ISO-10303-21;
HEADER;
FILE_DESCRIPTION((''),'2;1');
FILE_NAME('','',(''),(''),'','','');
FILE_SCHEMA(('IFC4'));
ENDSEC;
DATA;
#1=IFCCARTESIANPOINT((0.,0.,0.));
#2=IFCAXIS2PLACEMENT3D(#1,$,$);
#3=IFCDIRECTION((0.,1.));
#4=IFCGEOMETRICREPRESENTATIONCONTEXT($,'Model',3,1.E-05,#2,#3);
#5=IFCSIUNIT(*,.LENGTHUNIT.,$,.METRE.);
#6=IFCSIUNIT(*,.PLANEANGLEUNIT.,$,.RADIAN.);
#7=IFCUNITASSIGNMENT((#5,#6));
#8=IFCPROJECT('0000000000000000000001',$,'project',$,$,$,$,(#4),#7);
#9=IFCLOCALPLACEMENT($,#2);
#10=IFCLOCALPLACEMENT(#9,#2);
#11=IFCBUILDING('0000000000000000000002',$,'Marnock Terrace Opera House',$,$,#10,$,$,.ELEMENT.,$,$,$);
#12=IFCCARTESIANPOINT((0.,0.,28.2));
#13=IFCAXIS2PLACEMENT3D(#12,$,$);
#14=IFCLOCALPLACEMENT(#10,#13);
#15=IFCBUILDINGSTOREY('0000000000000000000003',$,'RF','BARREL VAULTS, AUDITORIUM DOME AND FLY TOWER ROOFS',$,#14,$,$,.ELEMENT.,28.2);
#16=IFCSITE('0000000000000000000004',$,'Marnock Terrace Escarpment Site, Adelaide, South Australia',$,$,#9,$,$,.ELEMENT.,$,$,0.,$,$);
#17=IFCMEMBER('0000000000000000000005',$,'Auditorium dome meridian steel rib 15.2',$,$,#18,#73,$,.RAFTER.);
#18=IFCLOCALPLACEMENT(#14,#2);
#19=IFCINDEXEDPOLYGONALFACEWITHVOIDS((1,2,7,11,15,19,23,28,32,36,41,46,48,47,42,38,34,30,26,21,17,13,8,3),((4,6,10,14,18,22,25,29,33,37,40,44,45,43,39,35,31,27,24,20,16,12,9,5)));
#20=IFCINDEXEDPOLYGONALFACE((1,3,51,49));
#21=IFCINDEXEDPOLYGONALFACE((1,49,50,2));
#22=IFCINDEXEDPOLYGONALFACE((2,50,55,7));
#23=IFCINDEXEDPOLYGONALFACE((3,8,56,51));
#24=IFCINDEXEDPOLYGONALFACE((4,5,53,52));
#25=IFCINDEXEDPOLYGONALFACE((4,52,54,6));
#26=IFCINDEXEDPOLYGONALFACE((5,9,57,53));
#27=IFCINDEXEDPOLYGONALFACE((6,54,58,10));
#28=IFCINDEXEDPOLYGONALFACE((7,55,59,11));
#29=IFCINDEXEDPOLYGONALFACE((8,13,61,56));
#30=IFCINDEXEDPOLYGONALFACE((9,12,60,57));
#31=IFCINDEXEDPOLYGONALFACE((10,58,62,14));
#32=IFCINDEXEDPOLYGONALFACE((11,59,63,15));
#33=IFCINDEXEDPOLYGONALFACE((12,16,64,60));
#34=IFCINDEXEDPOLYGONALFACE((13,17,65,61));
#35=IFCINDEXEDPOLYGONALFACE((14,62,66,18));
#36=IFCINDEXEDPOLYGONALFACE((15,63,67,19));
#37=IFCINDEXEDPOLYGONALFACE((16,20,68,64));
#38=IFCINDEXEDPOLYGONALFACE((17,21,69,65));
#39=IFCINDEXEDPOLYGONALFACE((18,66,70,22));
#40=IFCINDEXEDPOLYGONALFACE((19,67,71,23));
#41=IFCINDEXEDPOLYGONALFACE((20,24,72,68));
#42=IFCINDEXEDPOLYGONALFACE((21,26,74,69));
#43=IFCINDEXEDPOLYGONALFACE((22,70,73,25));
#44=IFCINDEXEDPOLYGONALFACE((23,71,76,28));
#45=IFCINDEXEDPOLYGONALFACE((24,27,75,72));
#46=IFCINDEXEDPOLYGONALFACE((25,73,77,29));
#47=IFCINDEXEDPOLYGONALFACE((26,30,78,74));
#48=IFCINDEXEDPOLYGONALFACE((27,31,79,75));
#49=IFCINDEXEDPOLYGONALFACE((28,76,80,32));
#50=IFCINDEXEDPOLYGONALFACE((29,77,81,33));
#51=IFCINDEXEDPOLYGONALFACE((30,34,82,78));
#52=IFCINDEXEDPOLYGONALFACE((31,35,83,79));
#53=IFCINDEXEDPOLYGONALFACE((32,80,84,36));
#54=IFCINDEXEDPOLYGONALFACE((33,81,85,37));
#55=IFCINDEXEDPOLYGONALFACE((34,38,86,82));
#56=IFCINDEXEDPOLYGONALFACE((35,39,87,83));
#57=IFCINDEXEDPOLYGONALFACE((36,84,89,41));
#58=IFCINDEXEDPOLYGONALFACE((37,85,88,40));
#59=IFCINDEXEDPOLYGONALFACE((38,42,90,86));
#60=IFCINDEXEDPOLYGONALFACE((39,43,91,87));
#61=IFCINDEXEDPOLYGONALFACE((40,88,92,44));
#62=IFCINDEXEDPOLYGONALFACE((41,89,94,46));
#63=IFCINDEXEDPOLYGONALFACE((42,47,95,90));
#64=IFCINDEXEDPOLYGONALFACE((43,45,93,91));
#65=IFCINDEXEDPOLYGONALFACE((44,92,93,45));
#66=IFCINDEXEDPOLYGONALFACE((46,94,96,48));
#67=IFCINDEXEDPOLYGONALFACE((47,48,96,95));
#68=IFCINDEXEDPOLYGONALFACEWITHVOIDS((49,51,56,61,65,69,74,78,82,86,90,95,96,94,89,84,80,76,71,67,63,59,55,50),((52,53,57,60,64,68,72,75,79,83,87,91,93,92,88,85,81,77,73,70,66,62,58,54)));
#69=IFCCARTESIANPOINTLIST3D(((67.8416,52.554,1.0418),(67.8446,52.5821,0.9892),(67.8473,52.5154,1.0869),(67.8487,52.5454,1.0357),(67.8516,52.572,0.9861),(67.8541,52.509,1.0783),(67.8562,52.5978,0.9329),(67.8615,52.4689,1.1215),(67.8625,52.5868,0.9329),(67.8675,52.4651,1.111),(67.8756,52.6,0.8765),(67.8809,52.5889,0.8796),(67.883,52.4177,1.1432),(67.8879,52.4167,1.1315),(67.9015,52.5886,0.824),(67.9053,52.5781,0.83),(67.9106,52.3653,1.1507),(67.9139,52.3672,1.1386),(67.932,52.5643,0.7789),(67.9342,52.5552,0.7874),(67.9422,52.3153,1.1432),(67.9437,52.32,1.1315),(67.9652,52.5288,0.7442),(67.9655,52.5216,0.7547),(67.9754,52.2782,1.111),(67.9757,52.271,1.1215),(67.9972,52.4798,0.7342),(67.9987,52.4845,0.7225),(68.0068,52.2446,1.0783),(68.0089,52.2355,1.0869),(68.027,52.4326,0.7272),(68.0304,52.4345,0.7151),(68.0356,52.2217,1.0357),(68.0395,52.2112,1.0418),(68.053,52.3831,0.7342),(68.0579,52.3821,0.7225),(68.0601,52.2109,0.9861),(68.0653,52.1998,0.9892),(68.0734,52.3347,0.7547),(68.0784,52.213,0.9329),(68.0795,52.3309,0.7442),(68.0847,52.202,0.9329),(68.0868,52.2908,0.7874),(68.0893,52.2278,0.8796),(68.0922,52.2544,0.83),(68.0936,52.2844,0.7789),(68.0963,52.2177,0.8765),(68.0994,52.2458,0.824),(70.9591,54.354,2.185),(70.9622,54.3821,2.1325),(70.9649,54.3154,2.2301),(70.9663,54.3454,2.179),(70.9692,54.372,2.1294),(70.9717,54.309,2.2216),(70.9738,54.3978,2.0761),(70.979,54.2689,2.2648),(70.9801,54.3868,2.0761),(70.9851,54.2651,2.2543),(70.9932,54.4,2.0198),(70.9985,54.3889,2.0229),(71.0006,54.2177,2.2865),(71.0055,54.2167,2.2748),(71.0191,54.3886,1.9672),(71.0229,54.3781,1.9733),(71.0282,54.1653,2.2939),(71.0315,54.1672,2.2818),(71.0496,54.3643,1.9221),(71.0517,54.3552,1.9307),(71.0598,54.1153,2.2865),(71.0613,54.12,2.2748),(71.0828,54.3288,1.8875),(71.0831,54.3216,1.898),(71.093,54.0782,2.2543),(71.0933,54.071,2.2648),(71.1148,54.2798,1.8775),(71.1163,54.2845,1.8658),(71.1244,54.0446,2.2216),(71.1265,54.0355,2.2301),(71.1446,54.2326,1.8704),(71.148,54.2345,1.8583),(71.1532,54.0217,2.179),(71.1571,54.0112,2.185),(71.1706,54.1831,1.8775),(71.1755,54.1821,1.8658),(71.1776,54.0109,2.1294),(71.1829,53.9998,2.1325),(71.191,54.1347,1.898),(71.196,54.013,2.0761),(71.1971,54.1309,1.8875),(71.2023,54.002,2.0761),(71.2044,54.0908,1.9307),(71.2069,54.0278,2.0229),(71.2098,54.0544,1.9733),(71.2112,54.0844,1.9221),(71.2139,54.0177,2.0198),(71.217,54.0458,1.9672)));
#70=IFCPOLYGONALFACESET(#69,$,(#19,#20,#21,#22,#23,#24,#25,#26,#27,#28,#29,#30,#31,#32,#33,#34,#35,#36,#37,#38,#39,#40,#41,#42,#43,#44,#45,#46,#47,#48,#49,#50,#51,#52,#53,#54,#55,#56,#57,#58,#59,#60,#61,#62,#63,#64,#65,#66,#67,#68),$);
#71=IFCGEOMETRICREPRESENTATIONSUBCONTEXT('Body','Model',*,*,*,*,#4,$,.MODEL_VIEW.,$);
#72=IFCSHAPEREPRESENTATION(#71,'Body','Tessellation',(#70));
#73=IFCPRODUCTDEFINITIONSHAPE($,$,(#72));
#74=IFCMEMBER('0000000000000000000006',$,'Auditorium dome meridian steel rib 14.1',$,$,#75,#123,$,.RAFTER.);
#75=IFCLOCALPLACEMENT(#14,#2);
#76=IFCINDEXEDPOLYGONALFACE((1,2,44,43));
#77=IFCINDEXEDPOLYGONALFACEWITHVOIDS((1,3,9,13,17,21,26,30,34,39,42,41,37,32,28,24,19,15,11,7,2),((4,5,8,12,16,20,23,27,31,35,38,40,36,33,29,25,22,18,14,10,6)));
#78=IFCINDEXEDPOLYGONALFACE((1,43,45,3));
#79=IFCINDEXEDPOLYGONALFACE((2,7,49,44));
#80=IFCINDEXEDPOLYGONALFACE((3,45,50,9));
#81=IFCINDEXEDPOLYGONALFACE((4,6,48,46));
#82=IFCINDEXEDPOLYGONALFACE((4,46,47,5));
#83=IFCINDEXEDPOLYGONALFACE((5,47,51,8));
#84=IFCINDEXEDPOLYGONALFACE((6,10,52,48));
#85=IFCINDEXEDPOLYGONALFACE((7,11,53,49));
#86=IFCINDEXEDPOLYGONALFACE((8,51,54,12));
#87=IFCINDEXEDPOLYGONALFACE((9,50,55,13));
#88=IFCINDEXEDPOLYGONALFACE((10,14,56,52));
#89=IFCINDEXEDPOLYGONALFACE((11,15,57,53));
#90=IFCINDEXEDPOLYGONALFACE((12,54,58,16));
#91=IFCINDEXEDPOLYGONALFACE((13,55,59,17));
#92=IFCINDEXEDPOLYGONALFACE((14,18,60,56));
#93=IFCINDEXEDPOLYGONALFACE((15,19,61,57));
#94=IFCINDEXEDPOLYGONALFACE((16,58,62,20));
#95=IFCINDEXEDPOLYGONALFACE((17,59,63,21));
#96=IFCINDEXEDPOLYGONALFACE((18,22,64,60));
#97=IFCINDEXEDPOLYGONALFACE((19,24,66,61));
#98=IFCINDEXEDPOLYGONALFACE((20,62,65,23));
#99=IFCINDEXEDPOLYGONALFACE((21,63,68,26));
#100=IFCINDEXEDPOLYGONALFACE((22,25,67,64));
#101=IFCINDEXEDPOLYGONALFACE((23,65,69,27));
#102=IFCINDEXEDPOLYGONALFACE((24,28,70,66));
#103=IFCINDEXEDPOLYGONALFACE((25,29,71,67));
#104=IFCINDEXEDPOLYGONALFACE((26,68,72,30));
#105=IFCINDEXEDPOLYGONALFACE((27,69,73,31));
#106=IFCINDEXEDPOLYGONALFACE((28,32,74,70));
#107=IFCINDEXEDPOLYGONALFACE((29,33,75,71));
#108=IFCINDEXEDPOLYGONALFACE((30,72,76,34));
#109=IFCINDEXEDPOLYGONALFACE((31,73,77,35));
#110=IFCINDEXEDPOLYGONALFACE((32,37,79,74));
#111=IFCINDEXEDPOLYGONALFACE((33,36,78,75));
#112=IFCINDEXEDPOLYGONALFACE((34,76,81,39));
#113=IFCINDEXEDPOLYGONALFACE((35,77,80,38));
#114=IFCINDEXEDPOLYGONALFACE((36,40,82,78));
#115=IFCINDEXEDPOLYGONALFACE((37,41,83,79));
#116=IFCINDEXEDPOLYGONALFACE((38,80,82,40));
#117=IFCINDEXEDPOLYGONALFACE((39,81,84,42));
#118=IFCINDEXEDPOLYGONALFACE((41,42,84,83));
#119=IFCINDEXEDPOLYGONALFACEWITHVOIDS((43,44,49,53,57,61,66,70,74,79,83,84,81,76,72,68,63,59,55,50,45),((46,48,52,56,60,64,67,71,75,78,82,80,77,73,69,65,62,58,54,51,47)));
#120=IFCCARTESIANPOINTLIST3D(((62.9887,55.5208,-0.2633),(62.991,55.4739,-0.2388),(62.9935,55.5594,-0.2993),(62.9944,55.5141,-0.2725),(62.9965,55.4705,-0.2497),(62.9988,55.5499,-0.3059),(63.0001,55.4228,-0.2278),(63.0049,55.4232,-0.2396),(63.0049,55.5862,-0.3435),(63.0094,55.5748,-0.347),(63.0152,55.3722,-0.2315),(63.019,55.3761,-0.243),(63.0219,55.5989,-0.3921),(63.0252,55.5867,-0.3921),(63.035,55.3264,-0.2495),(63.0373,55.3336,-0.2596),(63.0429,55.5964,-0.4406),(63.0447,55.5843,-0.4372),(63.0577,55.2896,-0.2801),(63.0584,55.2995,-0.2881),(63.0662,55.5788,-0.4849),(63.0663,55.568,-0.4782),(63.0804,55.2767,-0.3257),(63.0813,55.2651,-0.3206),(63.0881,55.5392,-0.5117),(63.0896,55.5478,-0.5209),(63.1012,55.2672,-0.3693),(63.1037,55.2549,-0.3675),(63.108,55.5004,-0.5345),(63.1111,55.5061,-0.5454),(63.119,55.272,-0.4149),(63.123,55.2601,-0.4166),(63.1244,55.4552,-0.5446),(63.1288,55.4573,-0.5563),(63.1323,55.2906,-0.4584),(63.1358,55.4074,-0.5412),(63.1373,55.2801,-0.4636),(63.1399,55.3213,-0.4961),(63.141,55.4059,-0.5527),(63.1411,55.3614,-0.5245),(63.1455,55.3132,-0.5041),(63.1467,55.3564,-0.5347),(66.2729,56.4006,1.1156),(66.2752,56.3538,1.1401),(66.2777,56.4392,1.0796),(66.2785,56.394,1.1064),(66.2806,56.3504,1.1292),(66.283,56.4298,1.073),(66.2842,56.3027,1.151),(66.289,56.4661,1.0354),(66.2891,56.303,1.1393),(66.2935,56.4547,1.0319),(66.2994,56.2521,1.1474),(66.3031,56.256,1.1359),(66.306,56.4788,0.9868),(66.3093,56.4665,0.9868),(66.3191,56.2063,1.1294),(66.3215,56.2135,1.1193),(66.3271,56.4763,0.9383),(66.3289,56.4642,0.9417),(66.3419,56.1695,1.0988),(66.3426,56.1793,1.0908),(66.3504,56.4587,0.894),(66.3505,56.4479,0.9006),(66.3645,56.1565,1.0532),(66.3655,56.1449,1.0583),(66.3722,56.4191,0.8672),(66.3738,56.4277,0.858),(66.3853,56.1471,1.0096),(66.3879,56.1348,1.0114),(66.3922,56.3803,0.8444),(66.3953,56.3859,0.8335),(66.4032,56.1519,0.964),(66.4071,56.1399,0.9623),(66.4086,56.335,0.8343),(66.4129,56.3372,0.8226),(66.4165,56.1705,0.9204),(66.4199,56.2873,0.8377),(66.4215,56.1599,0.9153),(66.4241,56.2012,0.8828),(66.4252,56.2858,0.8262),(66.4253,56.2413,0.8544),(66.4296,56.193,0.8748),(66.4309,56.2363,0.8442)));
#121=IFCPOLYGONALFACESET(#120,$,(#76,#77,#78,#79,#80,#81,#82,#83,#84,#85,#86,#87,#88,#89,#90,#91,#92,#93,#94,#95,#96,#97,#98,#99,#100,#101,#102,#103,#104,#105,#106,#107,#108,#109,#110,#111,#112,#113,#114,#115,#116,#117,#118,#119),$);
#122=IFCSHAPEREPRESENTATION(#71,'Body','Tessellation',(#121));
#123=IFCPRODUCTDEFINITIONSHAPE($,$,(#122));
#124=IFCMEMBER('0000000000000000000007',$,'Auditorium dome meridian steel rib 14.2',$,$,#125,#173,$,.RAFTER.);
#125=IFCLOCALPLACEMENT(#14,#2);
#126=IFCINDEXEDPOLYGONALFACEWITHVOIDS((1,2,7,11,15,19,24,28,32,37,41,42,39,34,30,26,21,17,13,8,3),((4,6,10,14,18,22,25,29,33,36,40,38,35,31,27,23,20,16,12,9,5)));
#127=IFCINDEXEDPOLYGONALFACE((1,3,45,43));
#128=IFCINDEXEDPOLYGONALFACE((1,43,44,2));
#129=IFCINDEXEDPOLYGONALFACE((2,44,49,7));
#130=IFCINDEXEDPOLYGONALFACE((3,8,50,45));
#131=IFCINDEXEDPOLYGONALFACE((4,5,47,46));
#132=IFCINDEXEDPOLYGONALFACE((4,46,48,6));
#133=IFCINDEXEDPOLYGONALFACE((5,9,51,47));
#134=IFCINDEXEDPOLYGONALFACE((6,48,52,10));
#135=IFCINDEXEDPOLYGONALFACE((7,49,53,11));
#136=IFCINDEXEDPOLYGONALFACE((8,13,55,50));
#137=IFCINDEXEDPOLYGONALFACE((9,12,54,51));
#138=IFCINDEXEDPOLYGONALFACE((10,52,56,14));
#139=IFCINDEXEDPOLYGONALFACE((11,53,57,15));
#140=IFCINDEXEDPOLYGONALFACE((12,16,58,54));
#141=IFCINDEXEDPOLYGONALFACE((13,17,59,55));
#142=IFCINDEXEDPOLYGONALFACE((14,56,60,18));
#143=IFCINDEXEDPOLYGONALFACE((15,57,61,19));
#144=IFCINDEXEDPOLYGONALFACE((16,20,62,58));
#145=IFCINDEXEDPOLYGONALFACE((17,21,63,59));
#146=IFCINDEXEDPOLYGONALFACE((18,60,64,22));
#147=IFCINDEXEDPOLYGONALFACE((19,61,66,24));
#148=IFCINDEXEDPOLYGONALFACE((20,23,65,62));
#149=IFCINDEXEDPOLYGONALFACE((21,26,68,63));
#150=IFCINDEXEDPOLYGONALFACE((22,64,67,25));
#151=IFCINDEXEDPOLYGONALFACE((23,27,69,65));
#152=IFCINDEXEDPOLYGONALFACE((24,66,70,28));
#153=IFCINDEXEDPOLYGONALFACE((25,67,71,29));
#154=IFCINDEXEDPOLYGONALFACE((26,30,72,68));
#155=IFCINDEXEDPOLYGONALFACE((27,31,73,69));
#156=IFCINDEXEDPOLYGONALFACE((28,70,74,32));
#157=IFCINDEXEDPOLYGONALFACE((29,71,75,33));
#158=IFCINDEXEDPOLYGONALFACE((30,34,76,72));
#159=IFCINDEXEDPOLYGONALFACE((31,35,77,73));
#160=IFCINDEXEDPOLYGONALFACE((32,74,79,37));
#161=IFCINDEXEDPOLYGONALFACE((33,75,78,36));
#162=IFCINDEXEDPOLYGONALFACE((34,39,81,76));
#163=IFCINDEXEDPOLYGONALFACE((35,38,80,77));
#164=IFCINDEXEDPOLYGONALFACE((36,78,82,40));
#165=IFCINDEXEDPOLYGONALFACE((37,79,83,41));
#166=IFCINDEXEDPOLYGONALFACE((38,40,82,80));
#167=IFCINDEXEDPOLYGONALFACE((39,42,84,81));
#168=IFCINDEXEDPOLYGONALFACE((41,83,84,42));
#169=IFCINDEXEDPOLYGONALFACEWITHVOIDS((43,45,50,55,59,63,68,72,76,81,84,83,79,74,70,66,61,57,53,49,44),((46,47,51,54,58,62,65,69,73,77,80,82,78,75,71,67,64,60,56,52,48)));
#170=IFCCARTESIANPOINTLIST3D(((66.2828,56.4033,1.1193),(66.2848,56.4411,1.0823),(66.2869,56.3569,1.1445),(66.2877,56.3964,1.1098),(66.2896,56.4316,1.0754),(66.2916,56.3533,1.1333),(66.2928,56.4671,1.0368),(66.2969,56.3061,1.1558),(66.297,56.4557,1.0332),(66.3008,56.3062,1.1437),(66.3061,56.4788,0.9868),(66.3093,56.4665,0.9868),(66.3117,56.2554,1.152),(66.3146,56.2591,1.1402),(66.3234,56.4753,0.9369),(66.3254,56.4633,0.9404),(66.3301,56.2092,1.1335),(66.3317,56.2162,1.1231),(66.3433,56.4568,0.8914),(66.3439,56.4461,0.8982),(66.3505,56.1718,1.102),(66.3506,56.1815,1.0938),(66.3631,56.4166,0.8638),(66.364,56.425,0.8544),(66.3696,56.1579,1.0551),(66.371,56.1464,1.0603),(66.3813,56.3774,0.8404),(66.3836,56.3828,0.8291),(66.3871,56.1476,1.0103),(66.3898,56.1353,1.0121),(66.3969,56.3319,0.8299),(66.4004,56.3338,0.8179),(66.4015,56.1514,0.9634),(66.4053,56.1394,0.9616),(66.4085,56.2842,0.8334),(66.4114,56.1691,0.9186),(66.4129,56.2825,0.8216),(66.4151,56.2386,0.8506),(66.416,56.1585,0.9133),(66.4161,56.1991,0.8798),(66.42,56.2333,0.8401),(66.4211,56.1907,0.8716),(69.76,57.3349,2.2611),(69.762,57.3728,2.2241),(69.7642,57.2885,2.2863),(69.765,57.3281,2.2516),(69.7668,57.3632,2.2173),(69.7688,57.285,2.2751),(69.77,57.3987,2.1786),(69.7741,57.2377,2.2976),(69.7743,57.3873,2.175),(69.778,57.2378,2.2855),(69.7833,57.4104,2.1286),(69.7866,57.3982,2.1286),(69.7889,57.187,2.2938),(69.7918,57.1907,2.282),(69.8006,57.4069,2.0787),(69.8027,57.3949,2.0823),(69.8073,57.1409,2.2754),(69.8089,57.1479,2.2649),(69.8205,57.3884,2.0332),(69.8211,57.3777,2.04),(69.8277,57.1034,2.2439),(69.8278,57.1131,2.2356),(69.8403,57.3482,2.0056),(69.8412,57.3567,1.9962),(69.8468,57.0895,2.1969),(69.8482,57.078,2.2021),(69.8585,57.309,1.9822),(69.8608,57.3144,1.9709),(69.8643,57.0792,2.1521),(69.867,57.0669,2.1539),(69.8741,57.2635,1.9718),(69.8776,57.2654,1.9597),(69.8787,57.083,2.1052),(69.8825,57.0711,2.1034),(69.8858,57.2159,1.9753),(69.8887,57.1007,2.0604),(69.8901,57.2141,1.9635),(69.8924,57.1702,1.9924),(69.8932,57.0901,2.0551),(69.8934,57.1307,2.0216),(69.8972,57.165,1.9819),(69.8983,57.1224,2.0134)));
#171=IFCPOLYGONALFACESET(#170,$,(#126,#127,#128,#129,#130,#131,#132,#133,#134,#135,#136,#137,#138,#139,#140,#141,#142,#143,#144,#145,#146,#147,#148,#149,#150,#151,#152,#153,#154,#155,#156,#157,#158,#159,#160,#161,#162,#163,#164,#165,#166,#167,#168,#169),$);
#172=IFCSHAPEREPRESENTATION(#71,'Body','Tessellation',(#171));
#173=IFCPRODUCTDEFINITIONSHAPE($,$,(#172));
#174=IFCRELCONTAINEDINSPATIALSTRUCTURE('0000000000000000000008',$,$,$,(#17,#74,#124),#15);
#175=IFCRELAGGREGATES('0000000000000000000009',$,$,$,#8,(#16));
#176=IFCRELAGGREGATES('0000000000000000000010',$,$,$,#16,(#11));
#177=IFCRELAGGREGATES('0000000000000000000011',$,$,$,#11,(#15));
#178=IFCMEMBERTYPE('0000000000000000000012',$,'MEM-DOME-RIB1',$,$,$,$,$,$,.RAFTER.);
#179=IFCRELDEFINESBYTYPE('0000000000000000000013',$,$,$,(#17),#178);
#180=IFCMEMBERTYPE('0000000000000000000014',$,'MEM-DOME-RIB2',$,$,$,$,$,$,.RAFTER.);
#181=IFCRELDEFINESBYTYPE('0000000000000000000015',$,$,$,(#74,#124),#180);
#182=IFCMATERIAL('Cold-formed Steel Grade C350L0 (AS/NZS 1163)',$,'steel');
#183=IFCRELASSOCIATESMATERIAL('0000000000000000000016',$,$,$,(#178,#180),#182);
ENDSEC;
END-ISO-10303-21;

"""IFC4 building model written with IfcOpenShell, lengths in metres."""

from ifc_helpers import new_model, si_unit, direction, frame, origin, origin_2d, place, context, subcontext, project, spatial, hollow_circle, extrude, material, material_profile, profile_set, type_object, element, save


model = new_model("IFC4")

# Units and contexts
model_context = context("Model", 3, precision=1e-05, world=origin(), true_north=direction((0.0, 1.0)))
body_context = subcontext(model_context, "Body", "Model", "MODEL_VIEW")
ifc_project = project(units=[si_unit("LENGTHUNIT", "METRE"), si_unit("PLANEANGLEUNIT", "RADIAN")], contexts=[model_context])

# Site, building, storey
site_placement = place(None, origin())
site = spatial("IfcSite", under=ifc_project, at=site_placement, Name="Marnock Terrace Escarpment Site, Adelaide, South Australia", CompositionType="ELEMENT", RefElevation=0.0)
building_placement = place(site_placement, origin())
building = spatial("IfcBuilding", under=site, at=building_placement, Name="Marnock Terrace Opera House", CompositionType="ELEMENT")
storey_placement = place(building_placement, frame((0.0, 0.0, 28.2)))
storey = spatial("IfcBuildingStorey", under=building, at=storey_placement, Name="RF", Description="BARREL VAULTS, AUDITORIUM DOME AND FLY TOWER ROOFS", CompositionType="ELEMENT", Elevation=28.2)

# Members
ifc_material_1 = material(Name="Cold-formed Steel Grade C350L0 (AS/NZS 1163)", Category="steel")
ifc_material_profile_1 = material_profile(ifc_material_1, hollow_circle(Radius=0.2285, WallThickness=0.0127, at=origin_2d()))
ifc_profile_set_1 = profile_set([ifc_material_profile_1], Name="Cold-formed Steel Grade C350L0 (AS/NZS 1163)")
member_type_1 = type_object("IfcMemberType", Name="MEM-DOME-RIB1", PredefinedType="RAFTER", material=ifc_profile_set_1)
member_1_placement = place(storey_placement, frame((67.9705, 52.3999, 0.9329), z_axis=(0.825393, 0.476556, 0.302687), x_axis=(-0.500012, 0.866018, 0.0)))
element("IfcMember", 1, at=member_1_placement, inside=storey, type_object=member_type_1, Name="Auditorium dome meridian steel rib 15.2", PredefinedType="RAFTER", context=body_context, shape_type="SweptSolid", body=[
    extrude(hollow_circle(Radius=0.2285, WallThickness=0.0127, at=origin_2d()), origin(), (0.0, 0.0, 1.0), 3.7771),
])
ifc_material_profile_2 = material_profile(ifc_material_1, hollow_circle(Radius=0.1777, WallThickness=0.0127, at=origin_2d()))
ifc_profile_set_2 = profile_set([ifc_material_profile_2], Name="Cold-formed Steel Grade C350L0 (AS/NZS 1163)")
member_type_2 = type_object("IfcMemberType", Name="MEM-DOME-RIB2", PredefinedType="RAFTER", material=ifc_profile_set_2)
member_2_placement = place(storey_placement, frame((63.0679, 55.4272, -0.3921), z_axis=(0.895121, 0.239817, 0.375828), x_axis=(-0.258789, 0.965934, 0.0)))
element("IfcMember", 2, at=member_2_placement, inside=storey, type_object=member_type_2, Name="Auditorium dome meridian steel rib 14.1", PredefinedType="RAFTER", context=body_context, shape_type="SweptSolid", body=[
    extrude(hollow_circle(Radius=0.1777, WallThickness=0.0127, at=origin_2d()), origin(), (0.0, 0.0, 1.0), 3.6689),
])
member_3_placement = place(storey_placement, frame((66.3521, 56.3071, 0.9868), z_axis=(0.920727, 0.246682, 0.302341), x_axis=(-0.258794, 0.965933, 0.0)))
element("IfcMember", 3, at=member_3_placement, inside=storey, type_object=member_type_2, Name="Auditorium dome meridian steel rib 14.2", PredefinedType="RAFTER", context=body_context, shape_type="SweptSolid", body=[
    extrude(hollow_circle(Radius=0.1777, WallThickness=0.0127, at=origin_2d()), origin(), (0.0, 0.0, 1.0), 3.7766),
])

save(model, "model.ifc")
